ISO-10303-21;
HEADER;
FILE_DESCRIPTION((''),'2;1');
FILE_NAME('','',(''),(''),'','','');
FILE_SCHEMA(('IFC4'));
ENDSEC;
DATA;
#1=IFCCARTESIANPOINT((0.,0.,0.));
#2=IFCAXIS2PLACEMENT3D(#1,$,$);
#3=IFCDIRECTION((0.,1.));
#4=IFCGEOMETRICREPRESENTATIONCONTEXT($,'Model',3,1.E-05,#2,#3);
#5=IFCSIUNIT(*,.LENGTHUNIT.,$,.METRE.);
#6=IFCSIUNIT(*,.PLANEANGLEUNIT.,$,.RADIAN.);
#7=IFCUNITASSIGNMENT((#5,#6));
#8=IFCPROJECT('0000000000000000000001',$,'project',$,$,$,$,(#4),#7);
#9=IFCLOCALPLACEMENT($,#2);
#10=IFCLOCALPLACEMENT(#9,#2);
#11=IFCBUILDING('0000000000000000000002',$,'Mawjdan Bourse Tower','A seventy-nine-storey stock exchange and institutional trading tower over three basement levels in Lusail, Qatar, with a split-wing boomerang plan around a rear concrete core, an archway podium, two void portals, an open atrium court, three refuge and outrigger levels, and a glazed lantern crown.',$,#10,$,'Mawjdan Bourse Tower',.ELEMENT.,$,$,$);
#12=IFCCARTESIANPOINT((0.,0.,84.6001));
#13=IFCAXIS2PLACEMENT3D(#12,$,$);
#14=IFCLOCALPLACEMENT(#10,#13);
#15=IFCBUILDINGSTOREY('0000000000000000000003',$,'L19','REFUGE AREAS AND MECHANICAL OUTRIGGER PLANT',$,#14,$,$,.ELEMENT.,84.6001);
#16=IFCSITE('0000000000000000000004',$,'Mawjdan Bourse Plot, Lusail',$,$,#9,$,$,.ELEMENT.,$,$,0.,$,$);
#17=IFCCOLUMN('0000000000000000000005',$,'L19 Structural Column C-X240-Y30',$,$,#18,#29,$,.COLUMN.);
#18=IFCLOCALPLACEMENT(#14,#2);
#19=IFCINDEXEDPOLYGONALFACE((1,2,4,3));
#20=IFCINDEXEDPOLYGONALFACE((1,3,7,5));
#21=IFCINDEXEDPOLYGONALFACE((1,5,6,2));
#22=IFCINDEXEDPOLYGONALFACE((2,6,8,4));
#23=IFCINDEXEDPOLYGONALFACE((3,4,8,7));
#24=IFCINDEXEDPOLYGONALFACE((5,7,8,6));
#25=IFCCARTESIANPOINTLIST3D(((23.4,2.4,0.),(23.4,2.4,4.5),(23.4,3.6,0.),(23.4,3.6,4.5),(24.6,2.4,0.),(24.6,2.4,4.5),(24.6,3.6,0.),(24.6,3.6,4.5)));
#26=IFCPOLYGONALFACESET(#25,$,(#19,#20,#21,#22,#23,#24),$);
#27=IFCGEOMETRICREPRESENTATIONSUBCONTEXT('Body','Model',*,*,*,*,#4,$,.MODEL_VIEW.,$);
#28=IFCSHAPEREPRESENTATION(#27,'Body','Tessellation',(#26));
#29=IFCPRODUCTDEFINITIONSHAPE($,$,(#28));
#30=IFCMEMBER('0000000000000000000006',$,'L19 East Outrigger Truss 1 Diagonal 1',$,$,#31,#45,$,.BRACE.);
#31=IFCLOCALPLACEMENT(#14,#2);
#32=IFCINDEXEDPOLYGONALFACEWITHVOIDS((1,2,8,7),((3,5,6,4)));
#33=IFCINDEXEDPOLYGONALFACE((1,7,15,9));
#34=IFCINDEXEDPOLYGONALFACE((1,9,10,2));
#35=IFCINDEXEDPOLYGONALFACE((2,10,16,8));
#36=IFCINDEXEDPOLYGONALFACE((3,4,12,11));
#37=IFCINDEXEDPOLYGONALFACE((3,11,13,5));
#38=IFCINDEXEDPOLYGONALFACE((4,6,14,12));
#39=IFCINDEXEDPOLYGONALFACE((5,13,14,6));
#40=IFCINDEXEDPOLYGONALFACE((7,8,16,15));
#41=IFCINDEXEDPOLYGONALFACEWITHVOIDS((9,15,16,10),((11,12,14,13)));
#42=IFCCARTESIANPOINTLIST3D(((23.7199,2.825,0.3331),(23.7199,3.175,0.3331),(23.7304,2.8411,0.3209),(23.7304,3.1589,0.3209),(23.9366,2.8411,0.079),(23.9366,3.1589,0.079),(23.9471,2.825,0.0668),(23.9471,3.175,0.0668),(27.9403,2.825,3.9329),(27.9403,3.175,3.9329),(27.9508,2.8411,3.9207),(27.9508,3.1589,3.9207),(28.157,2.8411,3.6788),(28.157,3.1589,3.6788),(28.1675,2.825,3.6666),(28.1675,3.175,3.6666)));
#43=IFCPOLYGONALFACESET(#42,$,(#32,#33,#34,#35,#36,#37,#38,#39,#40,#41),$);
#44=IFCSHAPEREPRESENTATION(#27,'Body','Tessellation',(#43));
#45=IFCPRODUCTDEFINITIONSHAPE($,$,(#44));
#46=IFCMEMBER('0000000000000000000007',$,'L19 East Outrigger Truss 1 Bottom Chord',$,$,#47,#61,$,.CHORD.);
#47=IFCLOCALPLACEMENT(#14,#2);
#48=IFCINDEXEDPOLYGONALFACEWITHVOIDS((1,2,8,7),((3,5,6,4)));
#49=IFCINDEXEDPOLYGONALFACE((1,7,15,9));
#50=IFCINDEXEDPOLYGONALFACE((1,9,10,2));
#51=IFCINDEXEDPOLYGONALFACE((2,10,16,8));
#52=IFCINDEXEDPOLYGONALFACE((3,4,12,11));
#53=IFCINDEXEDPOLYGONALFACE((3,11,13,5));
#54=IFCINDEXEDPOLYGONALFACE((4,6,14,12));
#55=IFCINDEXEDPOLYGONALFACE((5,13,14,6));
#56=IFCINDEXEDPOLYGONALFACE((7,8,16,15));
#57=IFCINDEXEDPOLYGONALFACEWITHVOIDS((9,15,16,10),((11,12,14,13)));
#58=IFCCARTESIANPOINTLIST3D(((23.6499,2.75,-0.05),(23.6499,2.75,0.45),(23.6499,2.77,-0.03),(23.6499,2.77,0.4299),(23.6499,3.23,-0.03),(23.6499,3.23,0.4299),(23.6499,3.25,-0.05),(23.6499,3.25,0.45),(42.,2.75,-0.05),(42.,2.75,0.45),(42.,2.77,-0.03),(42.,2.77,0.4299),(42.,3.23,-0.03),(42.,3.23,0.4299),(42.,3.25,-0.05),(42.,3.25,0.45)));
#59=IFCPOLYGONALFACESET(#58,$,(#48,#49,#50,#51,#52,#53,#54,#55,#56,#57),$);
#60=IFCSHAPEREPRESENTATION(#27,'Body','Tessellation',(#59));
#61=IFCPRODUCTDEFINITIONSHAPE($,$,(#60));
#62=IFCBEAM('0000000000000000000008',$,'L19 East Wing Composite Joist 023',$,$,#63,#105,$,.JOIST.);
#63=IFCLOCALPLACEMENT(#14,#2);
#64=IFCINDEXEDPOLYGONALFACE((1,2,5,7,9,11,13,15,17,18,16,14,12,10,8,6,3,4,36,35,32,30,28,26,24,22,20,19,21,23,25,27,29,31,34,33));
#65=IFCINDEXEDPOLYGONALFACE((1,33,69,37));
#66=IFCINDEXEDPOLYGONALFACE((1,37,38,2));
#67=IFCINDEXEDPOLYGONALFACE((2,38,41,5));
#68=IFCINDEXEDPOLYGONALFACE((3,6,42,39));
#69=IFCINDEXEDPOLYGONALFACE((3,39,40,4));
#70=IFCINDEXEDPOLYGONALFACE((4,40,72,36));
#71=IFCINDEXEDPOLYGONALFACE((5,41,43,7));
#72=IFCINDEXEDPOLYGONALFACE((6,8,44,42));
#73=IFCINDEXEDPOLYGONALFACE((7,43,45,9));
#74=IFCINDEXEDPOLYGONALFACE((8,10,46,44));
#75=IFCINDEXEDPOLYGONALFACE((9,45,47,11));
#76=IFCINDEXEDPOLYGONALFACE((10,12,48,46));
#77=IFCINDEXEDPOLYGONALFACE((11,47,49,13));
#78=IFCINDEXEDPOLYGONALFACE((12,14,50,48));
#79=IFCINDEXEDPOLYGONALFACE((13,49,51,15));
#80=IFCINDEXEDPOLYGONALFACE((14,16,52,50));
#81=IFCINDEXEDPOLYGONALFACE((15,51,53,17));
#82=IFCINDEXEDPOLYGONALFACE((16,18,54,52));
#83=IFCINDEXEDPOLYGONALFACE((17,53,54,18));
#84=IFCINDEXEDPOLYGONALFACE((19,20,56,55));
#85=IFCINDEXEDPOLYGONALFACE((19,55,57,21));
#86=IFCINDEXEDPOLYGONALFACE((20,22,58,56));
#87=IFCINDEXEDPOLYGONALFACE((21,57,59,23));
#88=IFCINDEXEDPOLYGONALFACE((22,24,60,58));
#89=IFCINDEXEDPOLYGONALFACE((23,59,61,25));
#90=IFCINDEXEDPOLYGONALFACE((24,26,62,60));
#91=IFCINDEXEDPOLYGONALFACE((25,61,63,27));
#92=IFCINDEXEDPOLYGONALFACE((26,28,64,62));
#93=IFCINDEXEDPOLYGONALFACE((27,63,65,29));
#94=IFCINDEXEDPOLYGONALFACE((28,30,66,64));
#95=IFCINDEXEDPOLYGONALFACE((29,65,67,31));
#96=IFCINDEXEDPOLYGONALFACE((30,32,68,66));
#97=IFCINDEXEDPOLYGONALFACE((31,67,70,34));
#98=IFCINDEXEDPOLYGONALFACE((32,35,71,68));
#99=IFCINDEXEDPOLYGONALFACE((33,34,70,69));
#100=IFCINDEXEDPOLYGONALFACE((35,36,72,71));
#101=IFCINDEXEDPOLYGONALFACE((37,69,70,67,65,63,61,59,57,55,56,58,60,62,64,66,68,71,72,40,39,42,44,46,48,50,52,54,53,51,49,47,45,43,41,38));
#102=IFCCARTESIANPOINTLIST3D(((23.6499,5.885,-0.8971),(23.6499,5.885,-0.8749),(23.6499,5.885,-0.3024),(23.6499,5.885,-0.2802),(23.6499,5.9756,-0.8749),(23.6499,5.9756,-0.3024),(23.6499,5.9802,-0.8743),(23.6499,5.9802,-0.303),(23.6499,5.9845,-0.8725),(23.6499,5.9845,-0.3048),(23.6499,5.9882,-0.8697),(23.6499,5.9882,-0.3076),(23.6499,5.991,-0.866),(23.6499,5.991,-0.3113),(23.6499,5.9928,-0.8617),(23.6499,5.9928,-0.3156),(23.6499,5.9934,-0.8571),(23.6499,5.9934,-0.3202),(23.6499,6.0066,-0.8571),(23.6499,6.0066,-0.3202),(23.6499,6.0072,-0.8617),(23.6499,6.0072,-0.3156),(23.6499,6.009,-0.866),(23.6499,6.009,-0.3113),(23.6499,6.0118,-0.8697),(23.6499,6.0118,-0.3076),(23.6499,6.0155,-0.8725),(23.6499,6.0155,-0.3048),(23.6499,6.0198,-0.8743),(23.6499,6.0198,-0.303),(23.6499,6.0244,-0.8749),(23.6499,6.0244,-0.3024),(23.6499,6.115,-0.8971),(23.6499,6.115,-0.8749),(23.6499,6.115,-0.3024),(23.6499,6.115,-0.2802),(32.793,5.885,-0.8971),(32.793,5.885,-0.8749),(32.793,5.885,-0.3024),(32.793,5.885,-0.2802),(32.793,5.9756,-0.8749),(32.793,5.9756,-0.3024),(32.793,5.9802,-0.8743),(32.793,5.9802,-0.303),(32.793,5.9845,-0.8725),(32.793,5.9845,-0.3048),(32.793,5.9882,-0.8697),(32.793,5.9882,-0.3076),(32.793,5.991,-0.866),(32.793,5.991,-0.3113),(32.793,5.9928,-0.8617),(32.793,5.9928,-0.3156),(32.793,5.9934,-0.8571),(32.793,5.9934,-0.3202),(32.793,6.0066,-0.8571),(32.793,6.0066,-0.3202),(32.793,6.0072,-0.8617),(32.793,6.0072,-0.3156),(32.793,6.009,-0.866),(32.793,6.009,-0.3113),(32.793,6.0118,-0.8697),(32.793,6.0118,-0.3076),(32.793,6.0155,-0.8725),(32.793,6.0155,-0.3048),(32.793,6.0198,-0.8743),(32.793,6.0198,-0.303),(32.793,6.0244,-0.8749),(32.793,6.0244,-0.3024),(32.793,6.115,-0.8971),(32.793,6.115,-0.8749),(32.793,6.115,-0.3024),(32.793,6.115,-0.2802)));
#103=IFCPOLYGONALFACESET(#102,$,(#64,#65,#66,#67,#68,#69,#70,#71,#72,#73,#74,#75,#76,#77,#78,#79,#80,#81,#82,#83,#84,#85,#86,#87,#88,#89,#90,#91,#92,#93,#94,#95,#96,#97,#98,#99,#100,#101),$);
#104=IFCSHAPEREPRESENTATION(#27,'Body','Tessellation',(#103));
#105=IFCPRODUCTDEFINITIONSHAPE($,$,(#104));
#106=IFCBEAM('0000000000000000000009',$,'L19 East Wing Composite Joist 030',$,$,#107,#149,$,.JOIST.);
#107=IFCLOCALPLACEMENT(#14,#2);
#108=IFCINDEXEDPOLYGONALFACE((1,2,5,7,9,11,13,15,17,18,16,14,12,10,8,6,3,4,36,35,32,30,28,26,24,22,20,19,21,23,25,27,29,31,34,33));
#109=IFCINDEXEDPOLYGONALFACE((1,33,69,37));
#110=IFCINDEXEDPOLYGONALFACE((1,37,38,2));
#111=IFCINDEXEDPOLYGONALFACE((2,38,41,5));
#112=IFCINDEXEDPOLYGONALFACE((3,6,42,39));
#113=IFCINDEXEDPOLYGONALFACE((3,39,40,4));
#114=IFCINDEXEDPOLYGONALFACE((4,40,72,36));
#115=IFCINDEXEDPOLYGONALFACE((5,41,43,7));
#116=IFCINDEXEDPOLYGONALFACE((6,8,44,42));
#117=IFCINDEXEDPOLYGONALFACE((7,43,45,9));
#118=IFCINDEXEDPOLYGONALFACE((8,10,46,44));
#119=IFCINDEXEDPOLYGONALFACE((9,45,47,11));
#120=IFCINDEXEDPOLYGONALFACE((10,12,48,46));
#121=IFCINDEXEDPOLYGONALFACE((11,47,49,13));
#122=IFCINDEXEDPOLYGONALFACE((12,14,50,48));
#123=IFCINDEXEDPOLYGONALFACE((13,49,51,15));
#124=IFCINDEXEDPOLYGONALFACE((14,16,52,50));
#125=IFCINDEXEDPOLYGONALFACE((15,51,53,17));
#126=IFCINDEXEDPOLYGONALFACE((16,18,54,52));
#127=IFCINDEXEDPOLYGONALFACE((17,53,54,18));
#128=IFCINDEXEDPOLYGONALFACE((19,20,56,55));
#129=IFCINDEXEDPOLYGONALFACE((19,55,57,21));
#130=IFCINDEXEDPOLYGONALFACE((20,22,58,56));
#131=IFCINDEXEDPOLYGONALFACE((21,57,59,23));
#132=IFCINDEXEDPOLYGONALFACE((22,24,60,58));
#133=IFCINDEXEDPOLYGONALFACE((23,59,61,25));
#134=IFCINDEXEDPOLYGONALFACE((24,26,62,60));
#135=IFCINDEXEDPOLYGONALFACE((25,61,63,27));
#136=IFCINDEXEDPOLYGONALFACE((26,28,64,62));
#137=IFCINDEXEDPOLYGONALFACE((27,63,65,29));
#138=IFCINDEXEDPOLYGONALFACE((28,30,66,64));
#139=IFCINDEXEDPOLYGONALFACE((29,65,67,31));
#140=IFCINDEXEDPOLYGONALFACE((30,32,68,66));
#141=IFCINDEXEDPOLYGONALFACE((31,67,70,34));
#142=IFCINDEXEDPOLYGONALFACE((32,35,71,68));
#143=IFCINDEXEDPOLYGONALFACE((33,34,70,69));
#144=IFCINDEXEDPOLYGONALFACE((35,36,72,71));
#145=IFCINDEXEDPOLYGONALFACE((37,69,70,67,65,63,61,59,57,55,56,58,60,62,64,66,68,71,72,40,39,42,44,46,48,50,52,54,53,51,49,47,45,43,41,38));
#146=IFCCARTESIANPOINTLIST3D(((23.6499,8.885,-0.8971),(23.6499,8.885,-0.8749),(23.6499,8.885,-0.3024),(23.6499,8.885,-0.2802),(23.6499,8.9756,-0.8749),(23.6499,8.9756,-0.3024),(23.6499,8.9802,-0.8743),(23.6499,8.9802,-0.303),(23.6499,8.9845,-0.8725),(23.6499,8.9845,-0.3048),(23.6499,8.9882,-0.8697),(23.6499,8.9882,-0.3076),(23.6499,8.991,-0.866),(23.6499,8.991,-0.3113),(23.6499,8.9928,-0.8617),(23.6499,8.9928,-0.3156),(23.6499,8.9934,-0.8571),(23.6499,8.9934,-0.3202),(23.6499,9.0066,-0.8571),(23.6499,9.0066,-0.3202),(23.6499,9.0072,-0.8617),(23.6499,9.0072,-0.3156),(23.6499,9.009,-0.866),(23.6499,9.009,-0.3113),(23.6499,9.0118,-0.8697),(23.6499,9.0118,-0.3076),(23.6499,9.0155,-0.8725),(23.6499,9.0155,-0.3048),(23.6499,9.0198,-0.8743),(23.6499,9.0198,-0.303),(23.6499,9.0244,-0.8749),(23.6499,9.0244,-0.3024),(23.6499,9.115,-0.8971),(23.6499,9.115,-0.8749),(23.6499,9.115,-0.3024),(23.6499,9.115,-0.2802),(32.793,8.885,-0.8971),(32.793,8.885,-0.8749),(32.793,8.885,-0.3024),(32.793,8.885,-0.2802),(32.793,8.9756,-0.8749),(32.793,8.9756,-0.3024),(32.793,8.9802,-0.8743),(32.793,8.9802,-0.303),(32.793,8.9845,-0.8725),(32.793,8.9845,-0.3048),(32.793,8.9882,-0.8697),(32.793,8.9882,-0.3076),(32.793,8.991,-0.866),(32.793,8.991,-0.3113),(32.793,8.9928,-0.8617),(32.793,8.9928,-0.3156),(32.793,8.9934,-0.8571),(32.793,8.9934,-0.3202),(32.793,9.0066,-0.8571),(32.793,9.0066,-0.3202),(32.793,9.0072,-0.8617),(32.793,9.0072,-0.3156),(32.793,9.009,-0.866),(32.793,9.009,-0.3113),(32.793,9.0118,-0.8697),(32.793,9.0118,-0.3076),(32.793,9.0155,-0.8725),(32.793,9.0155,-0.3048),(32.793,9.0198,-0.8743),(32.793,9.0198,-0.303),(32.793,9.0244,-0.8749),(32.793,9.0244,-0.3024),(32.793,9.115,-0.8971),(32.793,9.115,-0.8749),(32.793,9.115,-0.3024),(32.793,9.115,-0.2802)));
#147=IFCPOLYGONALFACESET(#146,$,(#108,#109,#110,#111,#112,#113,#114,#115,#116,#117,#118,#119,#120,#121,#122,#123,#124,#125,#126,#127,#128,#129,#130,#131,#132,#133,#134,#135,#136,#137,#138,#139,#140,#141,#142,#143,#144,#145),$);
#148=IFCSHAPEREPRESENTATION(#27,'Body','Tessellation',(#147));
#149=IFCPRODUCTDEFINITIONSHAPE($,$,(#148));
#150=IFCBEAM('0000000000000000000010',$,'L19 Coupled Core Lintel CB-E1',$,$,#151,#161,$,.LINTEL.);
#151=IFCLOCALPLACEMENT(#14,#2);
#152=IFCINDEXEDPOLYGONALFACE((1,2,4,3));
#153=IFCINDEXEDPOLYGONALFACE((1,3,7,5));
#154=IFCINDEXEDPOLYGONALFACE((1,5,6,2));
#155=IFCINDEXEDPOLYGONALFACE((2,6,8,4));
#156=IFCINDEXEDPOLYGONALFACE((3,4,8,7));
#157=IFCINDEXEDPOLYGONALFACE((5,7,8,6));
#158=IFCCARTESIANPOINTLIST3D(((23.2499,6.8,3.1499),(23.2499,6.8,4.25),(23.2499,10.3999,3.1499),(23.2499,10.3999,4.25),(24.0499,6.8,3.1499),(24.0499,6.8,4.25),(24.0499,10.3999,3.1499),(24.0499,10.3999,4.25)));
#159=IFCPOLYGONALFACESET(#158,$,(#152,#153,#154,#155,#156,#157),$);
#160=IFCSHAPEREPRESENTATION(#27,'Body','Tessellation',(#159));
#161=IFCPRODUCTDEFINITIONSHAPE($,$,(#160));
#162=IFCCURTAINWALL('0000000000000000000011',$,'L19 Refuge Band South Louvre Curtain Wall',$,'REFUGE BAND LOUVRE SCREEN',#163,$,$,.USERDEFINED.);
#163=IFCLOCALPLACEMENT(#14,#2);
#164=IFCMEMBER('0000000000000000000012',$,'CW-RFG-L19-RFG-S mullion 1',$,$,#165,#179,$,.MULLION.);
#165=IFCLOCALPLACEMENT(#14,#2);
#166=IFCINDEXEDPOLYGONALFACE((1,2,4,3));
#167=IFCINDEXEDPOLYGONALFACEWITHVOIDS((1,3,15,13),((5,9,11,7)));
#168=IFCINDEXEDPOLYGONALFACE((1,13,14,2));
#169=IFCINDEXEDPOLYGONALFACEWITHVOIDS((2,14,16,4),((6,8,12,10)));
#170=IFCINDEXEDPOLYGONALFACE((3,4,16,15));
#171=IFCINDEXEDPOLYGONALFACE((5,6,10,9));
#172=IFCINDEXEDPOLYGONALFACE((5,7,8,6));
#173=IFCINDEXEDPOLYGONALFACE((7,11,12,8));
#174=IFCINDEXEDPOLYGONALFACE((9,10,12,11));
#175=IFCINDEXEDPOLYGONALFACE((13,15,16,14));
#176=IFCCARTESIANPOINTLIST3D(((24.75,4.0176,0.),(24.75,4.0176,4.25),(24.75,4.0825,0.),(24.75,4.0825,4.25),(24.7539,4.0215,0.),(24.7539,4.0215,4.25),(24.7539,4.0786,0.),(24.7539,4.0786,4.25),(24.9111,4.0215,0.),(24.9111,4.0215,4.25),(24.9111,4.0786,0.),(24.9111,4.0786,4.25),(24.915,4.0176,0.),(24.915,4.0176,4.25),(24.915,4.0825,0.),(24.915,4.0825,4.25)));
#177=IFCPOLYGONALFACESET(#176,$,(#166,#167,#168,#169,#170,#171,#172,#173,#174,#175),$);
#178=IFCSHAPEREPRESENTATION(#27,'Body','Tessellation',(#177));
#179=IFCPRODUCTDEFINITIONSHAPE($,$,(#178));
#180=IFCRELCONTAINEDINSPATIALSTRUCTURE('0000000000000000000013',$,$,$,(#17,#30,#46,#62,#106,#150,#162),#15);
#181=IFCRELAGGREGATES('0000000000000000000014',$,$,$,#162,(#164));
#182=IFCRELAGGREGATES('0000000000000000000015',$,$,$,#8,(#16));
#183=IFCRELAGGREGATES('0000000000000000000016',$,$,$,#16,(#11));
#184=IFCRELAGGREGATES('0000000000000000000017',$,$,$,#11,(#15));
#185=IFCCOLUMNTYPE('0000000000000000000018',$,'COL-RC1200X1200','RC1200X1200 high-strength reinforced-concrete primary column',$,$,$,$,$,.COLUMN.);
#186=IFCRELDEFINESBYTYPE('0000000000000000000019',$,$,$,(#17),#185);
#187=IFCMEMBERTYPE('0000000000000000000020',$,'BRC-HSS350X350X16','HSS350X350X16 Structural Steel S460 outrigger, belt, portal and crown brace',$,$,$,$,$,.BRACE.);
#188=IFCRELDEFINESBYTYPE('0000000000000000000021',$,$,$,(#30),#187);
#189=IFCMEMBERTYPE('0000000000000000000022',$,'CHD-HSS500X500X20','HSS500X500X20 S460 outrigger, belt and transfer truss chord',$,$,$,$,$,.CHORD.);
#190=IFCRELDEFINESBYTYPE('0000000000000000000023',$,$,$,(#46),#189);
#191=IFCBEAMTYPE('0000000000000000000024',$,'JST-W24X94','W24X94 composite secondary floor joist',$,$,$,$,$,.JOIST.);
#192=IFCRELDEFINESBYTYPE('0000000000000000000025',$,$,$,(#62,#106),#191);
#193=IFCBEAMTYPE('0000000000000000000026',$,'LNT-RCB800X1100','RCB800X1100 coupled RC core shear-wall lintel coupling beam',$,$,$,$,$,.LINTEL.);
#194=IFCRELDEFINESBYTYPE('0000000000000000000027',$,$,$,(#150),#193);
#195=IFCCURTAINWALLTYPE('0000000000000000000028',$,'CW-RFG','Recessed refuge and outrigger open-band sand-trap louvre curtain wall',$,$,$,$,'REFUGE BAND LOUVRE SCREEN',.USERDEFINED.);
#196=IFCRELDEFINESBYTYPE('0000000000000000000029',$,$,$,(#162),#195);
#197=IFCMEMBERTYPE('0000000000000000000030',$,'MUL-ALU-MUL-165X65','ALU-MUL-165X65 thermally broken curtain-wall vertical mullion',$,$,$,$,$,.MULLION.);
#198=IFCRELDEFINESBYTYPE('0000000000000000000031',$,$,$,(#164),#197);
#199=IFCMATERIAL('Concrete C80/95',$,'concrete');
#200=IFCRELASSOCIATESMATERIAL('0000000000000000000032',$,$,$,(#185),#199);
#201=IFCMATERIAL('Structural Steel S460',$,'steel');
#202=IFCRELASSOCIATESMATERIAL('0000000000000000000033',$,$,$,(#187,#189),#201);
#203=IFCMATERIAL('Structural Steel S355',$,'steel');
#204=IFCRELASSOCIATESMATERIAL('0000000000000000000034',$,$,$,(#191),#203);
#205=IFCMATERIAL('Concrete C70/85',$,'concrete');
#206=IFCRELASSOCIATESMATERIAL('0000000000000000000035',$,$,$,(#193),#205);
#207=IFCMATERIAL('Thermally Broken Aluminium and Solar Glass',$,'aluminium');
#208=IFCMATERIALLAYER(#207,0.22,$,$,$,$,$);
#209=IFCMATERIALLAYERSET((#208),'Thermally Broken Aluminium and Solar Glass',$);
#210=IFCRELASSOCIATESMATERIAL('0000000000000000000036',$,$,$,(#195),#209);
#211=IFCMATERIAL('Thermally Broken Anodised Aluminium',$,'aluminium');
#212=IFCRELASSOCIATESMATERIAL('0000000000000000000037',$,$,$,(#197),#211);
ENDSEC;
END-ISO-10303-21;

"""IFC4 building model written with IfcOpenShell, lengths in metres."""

from ifc_helpers import new_model, si_unit, direction, frame, origin, origin_2d, place, context, subcontext, project, spatial, rectangle, hollow_rectangle, i_section, extrude, material, layer, layer_set, material_profile, profile_set, type_object, element, aggregate, save


model = new_model("IFC4")

# Units and contexts
model_context = context("Model", 3, precision=1e-05, world=origin(), true_north=direction((0.0, 1.0)))
body_context = subcontext(model_context, "Body", "Model", "MODEL_VIEW")
ifc_project = project(units=[si_unit("LENGTHUNIT", "METRE"), si_unit("PLANEANGLEUNIT", "RADIAN")], contexts=[model_context])

# Site, building, storey
site_placement = place(None, origin())
site = spatial("IfcSite", under=ifc_project, at=site_placement, Name="Mawjdan Bourse Plot, Lusail", CompositionType="ELEMENT", RefElevation=0.0)
building_placement = place(site_placement, origin())
building = spatial("IfcBuilding", under=site, at=building_placement, Name="Mawjdan Bourse Tower", Description="A seventy-nine-storey stock exchange and institutional trading tower over three basement levels in Lusail, Qatar, with a split-wing boomerang plan around a rear concrete core, an archway podium, two void portals, an open atrium court, three refuge and outrigger levels, and a glazed lantern crown.", LongName="Mawjdan Bourse Tower", CompositionType="ELEMENT")
storey_placement = place(building_placement, frame((0.0, 0.0, 84.6001)))
storey = spatial("IfcBuildingStorey", under=building, at=storey_placement, Name="L19", Description="REFUGE AREAS AND MECHANICAL OUTRIGGER PLANT", CompositionType="ELEMENT", Elevation=84.6001)

# Column
ifc_material_1 = material(Name="Concrete C80/95", Category="concrete")
ifc_material_profile_1 = material_profile(ifc_material_1, rectangle(XDim=1.2, YDim=1.2, at=origin_2d()), Name="RC1200X1200")
ifc_profile_set_1 = profile_set([ifc_material_profile_1], Name="Concrete C80/95")
column_type = type_object("IfcColumnType", Name="COL-RC1200X1200", Description="RC1200X1200 high-strength reinforced-concrete primary column", PredefinedType="COLUMN", material=ifc_profile_set_1)
column_placement = place(storey_placement, frame((24.0, 3.0, 0.0), z_axis=(0.0, 0.0, 1.0), x_axis=(1.0, 0.0, 0.0)))
element("IfcColumn", 1, at=column_placement, inside=storey, type_object=column_type, Name="L19 Structural Column C-X240-Y30", PredefinedType="COLUMN", context=body_context, shape_type="SweptSolid", body=[
    extrude(rectangle(XDim=1.2, YDim=1.2, at=origin_2d()), origin(), (0.0, 0.0, 1.0), 4.5),
])

# Members
ifc_material_2 = material(Name="Structural Steel S460", Category="steel")
ifc_material_profile_2 = material_profile(ifc_material_2, hollow_rectangle(XDim=0.3501, YDim=0.3501, WallThickness=0.0161, at=origin_2d()), Name="HSS350X350X16")
ifc_profile_set_2 = profile_set([ifc_material_profile_2], Name="Structural Steel S460")
member_type_1 = type_object("IfcMemberType", Name="BRC-HSS350X350X16", Description="HSS350X350X16 Structural Steel S460 outrigger, belt, portal and crown brace", PredefinedType="BRACE", material=ifc_profile_set_2)
member_1_placement = place(storey_placement, frame((23.8335, 3.0, 0.2), z_axis=(0.760829, 0.0, 0.648952), x_axis=(0.0, 1.0, 0.0)))
element("IfcMember", 2, at=member_1_placement, inside=storey, type_object=member_type_1, Name="L19 East Outrigger Truss 1 Diagonal 1", PredefinedType="BRACE", context=body_context, shape_type="SweptSolid", body=[
    extrude(hollow_rectangle(XDim=0.3501, YDim=0.3501, WallThickness=0.0161, at=origin_2d()), origin(), (0.0, 0.0, 1.0), 5.5471),
])
ifc_material_profile_3 = material_profile(ifc_material_2, hollow_rectangle(XDim=0.5, YDim=0.5, WallThickness=0.02, at=origin_2d()), Name="HSS500X500X20")
ifc_profile_set_3 = profile_set([ifc_material_profile_3], Name="Structural Steel S460")
member_type_2 = type_object("IfcMemberType", Name="CHD-HSS500X500X20", Description="HSS500X500X20 S460 outrigger, belt and transfer truss chord", PredefinedType="CHORD", material=ifc_profile_set_3)
member_2_placement = place(storey_placement, frame((23.6499, 3.0, 0.2), z_axis=(1.0, 0.0, 0.0), x_axis=(0.0, 1.0, 0.0)))
element("IfcMember", 3, at=member_2_placement, inside=storey, type_object=member_type_2, Name="L19 East Outrigger Truss 1 Bottom Chord", PredefinedType="CHORD", context=body_context, shape_type="SweptSolid", body=[
    extrude(hollow_rectangle(XDim=0.5, YDim=0.5, WallThickness=0.02, at=origin_2d()), origin(), (0.0, 0.0, 1.0), 18.3501),
])

# Beams
ifc_material_3 = material(Name="Structural Steel S355", Category="steel")
ifc_material_profile_4 = material_profile(ifc_material_3, i_section(OverallWidth=0.23, OverallDepth=0.6169, WebThickness=0.0132, FlangeThickness=0.0222, FilletRadius=0.0178, at=origin_2d()), Name="W24X94")
ifc_profile_set_4 = profile_set([ifc_material_profile_4], Name="Structural Steel S355")
beam_type_1 = type_object("IfcBeamType", Name="JST-W24X94", Description="W24X94 composite secondary floor joist", PredefinedType="JOIST", material=ifc_profile_set_4)
for number, where, z_axis, x_axis, name in (
    (4, (23.6499, 6.0, -0.5886), (1.0, 0.0, 0.0), (0.0, 1.0, 0.0), "L19 East Wing Composite Joist 023"),
    (5, (23.6499, 9.0, -0.5886), (1.0, 0.0, 0.0), (0.0, 1.0, 0.0), "L19 East Wing Composite Joist 030"),
):
    element("IfcBeam", number, at=place(storey_placement, frame(where, z_axis=z_axis, x_axis=x_axis)), inside=storey, type_object=beam_type_1, Name=name, PredefinedType="JOIST", context=body_context, shape_type="SweptSolid", body=[
        extrude(i_section(OverallWidth=0.23, OverallDepth=0.6169, WebThickness=0.0132, FlangeThickness=0.0222, FilletRadius=0.0178, at=origin_2d()), origin(), (0.0, 0.0, 1.0), 9.1431),
    ])
ifc_material_4 = material(Name="Concrete C70/85", Category="concrete")
ifc_material_profile_5 = material_profile(ifc_material_4, rectangle(XDim=0.8, YDim=1.1001, at=origin_2d()), Name="RCB800X1100")
ifc_profile_set_5 = profile_set([ifc_material_profile_5], Name="Concrete C70/85")
beam_type_2 = type_object("IfcBeamType", Name="LNT-RCB800X1100", Description="RCB800X1100 coupled RC core shear-wall lintel coupling beam", PredefinedType="LINTEL", material=ifc_profile_set_5)
beam_1_placement = place(storey_placement, frame((23.6499, 6.8, 3.7), z_axis=(0.0, 1.0, 0.0), x_axis=(-1.0, 0.0, 0.0)))
element("IfcBeam", 6, at=beam_1_placement, inside=storey, type_object=beam_type_2, Name="L19 Coupled Core Lintel CB-E1", PredefinedType="LINTEL", context=body_context, shape_type="SweptSolid", body=[
    extrude(rectangle(XDim=0.8, YDim=1.1001, at=origin_2d()), origin(), (0.0, 0.0, 1.0), 3.5999),
])

# Curtain wall, member
ifc_material_5 = material(Name="Thermally Broken Aluminium and Solar Glass", Category="aluminium")
ifc_layer_1 = layer(ifc_material_5, 0.22)
ifc_layer_set_1 = layer_set([ifc_layer_1], Name="Thermally Broken Aluminium and Solar Glass")
curtain_wall_type = type_object("IfcCurtainWallType", Name="CW-RFG", Description="Recessed refuge and outrigger open-band sand-trap louvre curtain wall", ElementType="REFUGE BAND LOUVRE SCREEN", PredefinedType="USERDEFINED", material=ifc_layer_set_1)
curtain_wall_placement = place(storey_placement, origin())
curtain_wall = element("IfcCurtainWall", 7, at=curtain_wall_placement, inside=storey, type_object=curtain_wall_type, Name="L19 Refuge Band South Louvre Curtain Wall", ObjectType="REFUGE BAND LOUVRE SCREEN", PredefinedType="USERDEFINED")
ifc_material_6 = material(Name="Thermally Broken Anodised Aluminium", Category="aluminium")
ifc_material_profile_6 = material_profile(ifc_material_6, hollow_rectangle(XDim=0.0649, YDim=0.165, WallThickness=0.0039, at=origin_2d()), Name="ALU-MUL-165X65")
ifc_profile_set_6 = profile_set([ifc_material_profile_6], Name="Thermally Broken Anodised Aluminium")
member_type_3 = type_object("IfcMemberType", Name="MUL-ALU-MUL-165X65", Description="ALU-MUL-165X65 thermally broken curtain-wall vertical mullion", PredefinedType="MULLION", material=ifc_profile_set_6)
member_3_placement = place(storey_placement, frame((24.8325, 4.05, 0.0), z_axis=(0.0, 0.0, 1.0), x_axis=(0.0, 1.0, 0.0)))
member_3 = element("IfcMember", 8, at=member_3_placement, type_object=member_type_3, Name="CW-RFG-L19-RFG-S mullion 1", PredefinedType="MULLION", context=body_context, shape_type="SweptSolid", body=[
    extrude(hollow_rectangle(XDim=0.0649, YDim=0.165, WallThickness=0.0039, at=origin_2d()), origin(), (0.0, 0.0, 1.0), 4.25),
])

aggregate(curtain_wall, [member_3])

save(model, "model.ifc")
